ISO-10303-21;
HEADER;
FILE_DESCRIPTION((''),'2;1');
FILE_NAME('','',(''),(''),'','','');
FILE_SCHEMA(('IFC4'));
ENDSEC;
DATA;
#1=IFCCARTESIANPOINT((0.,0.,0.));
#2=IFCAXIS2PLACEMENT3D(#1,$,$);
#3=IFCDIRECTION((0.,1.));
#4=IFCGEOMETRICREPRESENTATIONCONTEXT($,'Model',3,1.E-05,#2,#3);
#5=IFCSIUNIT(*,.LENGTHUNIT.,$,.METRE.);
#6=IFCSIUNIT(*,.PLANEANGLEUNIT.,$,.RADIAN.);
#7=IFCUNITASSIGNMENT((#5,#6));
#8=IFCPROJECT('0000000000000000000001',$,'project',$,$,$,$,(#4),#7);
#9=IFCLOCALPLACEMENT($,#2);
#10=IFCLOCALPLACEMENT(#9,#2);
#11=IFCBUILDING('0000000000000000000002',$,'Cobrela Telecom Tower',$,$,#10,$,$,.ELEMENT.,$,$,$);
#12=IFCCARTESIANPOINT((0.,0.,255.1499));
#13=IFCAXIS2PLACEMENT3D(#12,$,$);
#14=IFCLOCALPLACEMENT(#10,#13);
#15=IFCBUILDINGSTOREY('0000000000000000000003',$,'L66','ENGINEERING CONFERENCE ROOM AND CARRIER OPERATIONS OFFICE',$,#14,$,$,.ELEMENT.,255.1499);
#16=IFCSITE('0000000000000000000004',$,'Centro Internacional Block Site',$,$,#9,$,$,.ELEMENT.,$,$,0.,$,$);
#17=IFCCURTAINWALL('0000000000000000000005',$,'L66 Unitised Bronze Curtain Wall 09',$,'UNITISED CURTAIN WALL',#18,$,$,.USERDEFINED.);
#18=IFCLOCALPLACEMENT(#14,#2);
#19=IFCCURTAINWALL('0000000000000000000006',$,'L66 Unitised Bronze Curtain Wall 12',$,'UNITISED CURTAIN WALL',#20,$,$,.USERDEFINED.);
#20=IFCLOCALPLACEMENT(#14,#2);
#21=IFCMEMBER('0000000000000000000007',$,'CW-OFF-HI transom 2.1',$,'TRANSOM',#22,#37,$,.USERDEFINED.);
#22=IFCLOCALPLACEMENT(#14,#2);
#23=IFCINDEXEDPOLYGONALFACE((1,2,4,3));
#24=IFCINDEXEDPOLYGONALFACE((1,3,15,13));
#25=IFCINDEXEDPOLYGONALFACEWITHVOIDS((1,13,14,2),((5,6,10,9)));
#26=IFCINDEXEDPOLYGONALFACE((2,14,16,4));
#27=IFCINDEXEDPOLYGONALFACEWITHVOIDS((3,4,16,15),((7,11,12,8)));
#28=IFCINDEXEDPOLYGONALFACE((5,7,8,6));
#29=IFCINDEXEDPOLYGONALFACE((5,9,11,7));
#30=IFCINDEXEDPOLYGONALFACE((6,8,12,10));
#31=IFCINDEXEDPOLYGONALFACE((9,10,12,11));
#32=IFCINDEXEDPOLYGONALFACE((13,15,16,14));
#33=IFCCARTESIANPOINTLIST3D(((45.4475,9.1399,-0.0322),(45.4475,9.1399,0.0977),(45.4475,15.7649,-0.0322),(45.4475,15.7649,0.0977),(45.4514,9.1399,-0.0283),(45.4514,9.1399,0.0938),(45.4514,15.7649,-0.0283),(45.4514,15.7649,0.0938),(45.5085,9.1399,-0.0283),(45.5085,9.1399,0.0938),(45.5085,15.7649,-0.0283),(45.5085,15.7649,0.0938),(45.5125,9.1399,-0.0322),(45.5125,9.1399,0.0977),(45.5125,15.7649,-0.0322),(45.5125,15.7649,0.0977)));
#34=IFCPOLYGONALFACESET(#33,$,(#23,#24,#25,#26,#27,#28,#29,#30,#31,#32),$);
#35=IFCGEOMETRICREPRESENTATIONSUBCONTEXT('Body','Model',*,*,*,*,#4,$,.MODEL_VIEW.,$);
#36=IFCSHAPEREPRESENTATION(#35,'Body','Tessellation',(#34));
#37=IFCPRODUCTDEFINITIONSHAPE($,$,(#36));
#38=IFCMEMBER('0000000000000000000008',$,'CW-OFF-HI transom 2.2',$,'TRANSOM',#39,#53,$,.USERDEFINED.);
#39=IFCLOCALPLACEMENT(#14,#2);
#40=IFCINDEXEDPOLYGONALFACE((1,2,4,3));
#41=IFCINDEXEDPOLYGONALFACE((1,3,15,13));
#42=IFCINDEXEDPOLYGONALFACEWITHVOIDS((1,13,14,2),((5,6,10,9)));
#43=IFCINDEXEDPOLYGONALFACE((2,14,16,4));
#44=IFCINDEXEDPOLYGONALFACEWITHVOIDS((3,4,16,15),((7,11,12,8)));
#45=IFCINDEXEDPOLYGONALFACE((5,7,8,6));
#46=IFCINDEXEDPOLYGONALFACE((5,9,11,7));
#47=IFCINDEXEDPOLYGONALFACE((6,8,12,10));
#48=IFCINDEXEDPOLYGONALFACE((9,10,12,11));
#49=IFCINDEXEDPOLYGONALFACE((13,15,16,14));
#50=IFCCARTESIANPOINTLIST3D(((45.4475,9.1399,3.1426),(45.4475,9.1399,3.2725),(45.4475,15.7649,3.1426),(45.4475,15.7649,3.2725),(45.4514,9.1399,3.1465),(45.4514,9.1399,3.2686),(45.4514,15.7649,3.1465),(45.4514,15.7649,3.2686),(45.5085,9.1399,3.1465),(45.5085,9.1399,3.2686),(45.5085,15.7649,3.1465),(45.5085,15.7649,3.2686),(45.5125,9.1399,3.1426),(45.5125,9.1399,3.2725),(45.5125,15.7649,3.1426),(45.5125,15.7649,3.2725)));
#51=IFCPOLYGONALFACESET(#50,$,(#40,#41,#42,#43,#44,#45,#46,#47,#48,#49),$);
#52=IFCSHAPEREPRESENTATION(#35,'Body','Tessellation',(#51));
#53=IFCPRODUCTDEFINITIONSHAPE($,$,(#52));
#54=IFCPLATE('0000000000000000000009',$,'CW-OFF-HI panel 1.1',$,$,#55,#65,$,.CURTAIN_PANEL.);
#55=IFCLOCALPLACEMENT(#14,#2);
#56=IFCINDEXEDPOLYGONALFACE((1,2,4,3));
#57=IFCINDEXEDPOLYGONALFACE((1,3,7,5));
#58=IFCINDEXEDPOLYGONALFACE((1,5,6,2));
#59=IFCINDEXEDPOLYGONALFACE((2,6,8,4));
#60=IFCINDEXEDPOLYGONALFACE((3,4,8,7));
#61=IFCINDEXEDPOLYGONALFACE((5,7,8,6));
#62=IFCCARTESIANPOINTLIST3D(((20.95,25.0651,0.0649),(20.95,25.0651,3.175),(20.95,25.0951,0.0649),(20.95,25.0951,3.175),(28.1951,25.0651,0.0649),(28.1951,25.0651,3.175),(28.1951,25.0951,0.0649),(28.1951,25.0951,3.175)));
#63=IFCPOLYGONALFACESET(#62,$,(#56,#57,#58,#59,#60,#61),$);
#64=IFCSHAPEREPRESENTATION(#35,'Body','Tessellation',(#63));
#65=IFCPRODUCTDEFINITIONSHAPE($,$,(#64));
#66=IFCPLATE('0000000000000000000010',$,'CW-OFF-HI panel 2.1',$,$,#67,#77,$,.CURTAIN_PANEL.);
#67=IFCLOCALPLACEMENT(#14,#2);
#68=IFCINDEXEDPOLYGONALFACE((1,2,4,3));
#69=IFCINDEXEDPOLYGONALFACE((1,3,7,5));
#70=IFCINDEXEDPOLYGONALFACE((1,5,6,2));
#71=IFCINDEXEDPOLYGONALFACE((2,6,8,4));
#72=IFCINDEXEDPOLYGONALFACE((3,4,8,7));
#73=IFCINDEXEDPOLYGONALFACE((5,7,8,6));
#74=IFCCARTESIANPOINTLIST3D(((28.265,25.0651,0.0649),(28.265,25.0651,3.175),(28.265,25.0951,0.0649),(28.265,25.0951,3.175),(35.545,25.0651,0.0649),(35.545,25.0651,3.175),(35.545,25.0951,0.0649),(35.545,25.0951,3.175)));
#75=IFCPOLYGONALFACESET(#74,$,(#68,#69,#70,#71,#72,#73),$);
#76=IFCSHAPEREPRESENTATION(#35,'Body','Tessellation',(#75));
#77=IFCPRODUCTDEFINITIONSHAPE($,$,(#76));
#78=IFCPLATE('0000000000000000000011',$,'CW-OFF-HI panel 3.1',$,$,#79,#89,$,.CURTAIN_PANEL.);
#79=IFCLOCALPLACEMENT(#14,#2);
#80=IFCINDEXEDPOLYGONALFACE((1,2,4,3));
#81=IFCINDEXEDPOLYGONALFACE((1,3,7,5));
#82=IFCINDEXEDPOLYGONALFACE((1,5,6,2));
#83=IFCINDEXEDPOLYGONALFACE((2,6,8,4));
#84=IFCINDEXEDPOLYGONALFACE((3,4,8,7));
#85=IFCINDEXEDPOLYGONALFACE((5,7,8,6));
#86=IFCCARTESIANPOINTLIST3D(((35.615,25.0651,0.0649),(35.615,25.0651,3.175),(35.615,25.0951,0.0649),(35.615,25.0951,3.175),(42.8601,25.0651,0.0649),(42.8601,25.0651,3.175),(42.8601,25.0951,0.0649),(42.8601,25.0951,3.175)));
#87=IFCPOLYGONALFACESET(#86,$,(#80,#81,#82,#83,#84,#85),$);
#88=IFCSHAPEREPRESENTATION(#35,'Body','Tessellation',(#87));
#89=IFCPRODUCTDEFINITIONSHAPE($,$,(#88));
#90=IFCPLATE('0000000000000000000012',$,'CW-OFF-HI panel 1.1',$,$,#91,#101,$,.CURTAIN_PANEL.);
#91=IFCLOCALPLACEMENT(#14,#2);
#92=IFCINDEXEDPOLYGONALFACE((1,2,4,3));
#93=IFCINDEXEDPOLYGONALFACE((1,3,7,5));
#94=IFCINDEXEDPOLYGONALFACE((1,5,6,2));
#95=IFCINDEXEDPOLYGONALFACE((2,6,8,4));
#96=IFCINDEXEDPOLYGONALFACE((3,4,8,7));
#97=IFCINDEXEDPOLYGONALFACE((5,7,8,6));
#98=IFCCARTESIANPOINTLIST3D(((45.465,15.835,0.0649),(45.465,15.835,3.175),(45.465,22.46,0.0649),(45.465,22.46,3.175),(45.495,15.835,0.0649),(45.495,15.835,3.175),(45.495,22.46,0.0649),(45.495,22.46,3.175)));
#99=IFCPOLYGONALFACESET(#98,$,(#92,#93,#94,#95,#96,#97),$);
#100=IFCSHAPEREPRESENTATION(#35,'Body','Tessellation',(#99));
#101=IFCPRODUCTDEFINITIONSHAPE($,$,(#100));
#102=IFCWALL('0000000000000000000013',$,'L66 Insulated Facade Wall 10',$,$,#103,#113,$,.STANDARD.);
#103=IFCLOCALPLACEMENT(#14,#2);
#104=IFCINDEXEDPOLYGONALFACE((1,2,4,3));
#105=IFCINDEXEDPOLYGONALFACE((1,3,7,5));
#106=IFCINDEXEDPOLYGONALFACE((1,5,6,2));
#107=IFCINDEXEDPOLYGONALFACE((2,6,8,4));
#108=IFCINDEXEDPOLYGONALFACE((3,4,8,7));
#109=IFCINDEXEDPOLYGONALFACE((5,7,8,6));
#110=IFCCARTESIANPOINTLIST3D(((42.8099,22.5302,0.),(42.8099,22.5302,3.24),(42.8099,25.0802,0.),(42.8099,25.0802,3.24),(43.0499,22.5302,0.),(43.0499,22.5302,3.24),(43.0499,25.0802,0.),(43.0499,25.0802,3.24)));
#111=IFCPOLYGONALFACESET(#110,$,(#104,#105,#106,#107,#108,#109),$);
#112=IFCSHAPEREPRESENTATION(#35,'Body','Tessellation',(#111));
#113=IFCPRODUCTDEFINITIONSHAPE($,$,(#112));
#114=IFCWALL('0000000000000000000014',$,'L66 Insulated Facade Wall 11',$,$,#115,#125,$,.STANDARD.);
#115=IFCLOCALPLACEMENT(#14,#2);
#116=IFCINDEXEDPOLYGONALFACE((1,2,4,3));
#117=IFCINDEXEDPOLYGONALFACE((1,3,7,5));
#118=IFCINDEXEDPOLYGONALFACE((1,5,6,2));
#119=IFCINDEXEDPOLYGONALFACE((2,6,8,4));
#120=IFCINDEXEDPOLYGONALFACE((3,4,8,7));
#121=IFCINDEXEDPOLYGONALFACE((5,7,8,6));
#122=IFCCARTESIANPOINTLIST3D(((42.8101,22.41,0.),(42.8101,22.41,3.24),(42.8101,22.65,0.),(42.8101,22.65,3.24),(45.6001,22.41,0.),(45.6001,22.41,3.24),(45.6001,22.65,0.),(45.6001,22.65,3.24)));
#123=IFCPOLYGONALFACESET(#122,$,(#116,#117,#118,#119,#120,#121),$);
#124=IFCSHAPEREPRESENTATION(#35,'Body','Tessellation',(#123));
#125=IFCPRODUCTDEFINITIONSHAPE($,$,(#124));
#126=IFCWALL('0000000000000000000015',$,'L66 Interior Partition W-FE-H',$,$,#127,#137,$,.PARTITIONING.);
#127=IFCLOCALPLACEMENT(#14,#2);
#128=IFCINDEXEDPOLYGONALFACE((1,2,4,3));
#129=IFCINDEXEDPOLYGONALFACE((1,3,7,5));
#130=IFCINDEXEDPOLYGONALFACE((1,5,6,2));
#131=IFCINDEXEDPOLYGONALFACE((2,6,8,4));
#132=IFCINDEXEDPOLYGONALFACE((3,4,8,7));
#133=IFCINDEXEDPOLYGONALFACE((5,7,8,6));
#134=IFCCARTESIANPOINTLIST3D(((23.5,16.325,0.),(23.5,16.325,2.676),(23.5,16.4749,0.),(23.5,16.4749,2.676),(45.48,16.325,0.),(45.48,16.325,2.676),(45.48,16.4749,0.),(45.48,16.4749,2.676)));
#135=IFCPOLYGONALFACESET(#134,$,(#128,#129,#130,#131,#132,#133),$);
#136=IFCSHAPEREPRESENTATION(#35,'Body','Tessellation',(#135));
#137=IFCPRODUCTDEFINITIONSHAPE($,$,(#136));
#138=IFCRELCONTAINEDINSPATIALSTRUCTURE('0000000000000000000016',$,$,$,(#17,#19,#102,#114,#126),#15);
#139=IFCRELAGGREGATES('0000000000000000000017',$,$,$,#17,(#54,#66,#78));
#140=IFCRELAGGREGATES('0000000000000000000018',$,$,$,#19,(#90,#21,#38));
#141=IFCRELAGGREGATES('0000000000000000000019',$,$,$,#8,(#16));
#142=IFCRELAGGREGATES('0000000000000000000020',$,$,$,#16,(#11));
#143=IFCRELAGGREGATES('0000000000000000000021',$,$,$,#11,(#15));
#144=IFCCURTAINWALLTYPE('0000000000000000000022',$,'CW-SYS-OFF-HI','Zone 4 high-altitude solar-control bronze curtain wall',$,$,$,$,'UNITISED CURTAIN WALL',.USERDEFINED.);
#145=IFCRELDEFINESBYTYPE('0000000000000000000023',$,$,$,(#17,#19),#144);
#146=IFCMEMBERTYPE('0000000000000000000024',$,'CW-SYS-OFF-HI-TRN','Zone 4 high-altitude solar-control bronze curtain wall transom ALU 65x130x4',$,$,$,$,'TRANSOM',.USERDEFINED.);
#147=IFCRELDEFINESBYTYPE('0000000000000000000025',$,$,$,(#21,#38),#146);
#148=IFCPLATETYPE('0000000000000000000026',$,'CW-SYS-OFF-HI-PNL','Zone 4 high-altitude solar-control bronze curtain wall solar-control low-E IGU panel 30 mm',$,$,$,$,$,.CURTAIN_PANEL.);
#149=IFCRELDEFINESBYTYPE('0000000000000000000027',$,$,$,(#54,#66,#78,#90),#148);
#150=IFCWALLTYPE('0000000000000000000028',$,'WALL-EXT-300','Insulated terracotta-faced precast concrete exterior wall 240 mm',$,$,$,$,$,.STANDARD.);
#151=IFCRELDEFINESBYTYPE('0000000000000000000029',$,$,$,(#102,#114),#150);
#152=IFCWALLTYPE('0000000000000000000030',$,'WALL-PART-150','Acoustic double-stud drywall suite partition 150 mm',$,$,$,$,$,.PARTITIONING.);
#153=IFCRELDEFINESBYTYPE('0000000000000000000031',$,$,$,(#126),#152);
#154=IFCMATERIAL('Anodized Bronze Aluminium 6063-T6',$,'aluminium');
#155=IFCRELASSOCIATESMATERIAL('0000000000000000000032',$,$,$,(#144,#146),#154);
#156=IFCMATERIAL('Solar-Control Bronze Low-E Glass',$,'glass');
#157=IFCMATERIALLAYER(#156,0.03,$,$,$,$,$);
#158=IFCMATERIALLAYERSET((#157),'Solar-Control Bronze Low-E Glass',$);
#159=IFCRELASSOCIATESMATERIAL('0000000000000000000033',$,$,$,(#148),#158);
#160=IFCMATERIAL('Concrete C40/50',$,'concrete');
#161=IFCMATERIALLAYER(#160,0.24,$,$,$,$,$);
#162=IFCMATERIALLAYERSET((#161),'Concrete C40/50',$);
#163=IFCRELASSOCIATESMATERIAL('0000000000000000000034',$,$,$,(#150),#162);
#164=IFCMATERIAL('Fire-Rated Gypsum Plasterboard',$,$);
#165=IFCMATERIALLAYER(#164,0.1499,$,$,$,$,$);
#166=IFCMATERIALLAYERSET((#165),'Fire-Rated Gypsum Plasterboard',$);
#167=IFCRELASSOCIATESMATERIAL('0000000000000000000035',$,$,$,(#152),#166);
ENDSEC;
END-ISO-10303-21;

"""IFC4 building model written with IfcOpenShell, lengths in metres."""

from ifc_helpers import new_model, si_unit, direction, frame, frame_2d, origin, origin_2d, place, context, subcontext, project, spatial, rectangle, hollow_rectangle, extrude, material, layer, layer_set, material_profile, profile_set, type_object, element, aggregate, save


model = new_model("IFC4")

# Units and contexts
model_context = context("Model", 3, precision=1e-05, world=origin(), true_north=direction((0.0, 1.0)))
body_context = subcontext(model_context, "Body", "Model", "MODEL_VIEW")
ifc_project = project(units=[si_unit("LENGTHUNIT", "METRE"), si_unit("PLANEANGLEUNIT", "RADIAN")], contexts=[model_context])

# Site, building, storey
site_placement = place(None, origin())
site = spatial("IfcSite", under=ifc_project, at=site_placement, Name="Centro Internacional Block Site", CompositionType="ELEMENT", RefElevation=0.0)
building_placement = place(site_placement, origin())
building = spatial("IfcBuilding", under=site, at=building_placement, Name="Cobrela Telecom Tower", CompositionType="ELEMENT")
storey_placement = place(building_placement, frame((0.0, 0.0, 255.1499)))
storey = spatial("IfcBuildingStorey", under=building, at=storey_placement, Name="L66", Description="ENGINEERING CONFERENCE ROOM AND CARRIER OPERATIONS OFFICE", CompositionType="ELEMENT", Elevation=255.1499)

# Curtain walls
ifc_material_1 = material(Name="Anodized Bronze Aluminium 6063-T6", Category="aluminium")
curtain_wall_type = type_object("IfcCurtainWallType", Name="CW-SYS-OFF-HI", Description="Zone 4 high-altitude solar-control bronze curtain wall", ElementType="UNITISED CURTAIN WALL", PredefinedType="USERDEFINED", material=ifc_material_1)
curtain_wall_1_placement = place(storey_placement, origin())
curtain_wall_1 = element("IfcCurtainWall", 1, at=curtain_wall_1_placement, inside=storey, type_object=curtain_wall_type, Name="L66 Unitised Bronze Curtain Wall 09", ObjectType="UNITISED CURTAIN WALL", PredefinedType="USERDEFINED")
curtain_wall_2_placement = place(storey_placement, origin())
curtain_wall_2 = element("IfcCurtainWall", 2, at=curtain_wall_2_placement, inside=storey, type_object=curtain_wall_type, Name="L66 Unitised Bronze Curtain Wall 12", ObjectType="UNITISED CURTAIN WALL", PredefinedType="USERDEFINED")

# Members
ifc_material_profile_1 = material_profile(ifc_material_1, hollow_rectangle(XDim=0.0649, YDim=0.1299, WallThickness=0.0039, at=origin_2d()), Name="ALU 65x130x4")
ifc_profile_set_1 = profile_set([ifc_material_profile_1], Name="Anodized Bronze Aluminium 6063-T6")
member_type_1 = type_object("IfcMemberType", Name="CW-SYS-OFF-HI-TRN", Description="Zone 4 high-altitude solar-control bronze curtain wall transom ALU 65x130x4", ElementType="TRANSOM", PredefinedType="USERDEFINED", material=ifc_profile_set_1)
member_1_placement = place(storey_placement, frame((45.48, 15.7649, 0.0327), z_axis=(0.0, -1.0, 0.0), x_axis=(1.0, 0.0, 0.0)))
member_1 = element("IfcMember", 3, at=member_1_placement, type_object=member_type_1, Name="CW-OFF-HI transom 2.1", ObjectType="TRANSOM", PredefinedType="USERDEFINED", context=body_context, shape_type="SweptSolid", body=[
    extrude(hollow_rectangle(XDim=0.0649, YDim=0.1299, WallThickness=0.0039, at=origin_2d()), origin(), (0.0, 0.0, 1.0), 6.625),
])
member_2_placement = place(storey_placement, frame((45.48, 15.7649, 3.2075), z_axis=(0.0, -1.0, 0.0), x_axis=(1.0, 0.0, 0.0)))
member_2 = element("IfcMember", 4, at=member_2_placement, type_object=member_type_1, Name="CW-OFF-HI transom 2.2", ObjectType="TRANSOM", PredefinedType="USERDEFINED", context=body_context, shape_type="SweptSolid", body=[
    extrude(hollow_rectangle(XDim=0.0649, YDim=0.1299, WallThickness=0.0039, at=origin_2d()), origin(), (0.0, 0.0, 1.0), 6.625),
])

# Plates
ifc_material_2 = material(Name="Solar-Control Bronze Low-E Glass", Category="glass")
ifc_layer_1 = layer(ifc_material_2, 0.03)
ifc_layer_set_1 = layer_set([ifc_layer_1], Name="Solar-Control Bronze Low-E Glass")
plate_type = type_object("IfcPlateType", Name="CW-SYS-OFF-HI-PNL", Description="Zone 4 high-altitude solar-control bronze curtain wall solar-control low-E IGU panel 30 mm", PredefinedType="CURTAIN_PANEL", material=ifc_layer_set_1)
plate_1_placement = place(storey_placement, frame((24.5725, 25.0801, 0.0649), z_axis=(0.0, 0.0, 1.0), x_axis=(1.0, 0.0, 0.0)))
plate_1 = element("IfcPlate", 5, at=plate_1_placement, type_object=plate_type, Name="CW-OFF-HI panel 1.1", PredefinedType="CURTAIN_PANEL", context=body_context, shape_type="SweptSolid", body=[
    extrude(rectangle(XDim=7.2451, YDim=0.03, at=origin_2d()), origin(), (0.0, 0.0, 1.0), 3.1101),
])
plate_2_placement = place(storey_placement, frame((31.905, 25.0801, 0.0649), z_axis=(0.0, 0.0, 1.0), x_axis=(1.0, 0.0, 0.0)))
plate_2 = element("IfcPlate", 6, at=plate_2_placement, type_object=plate_type, Name="CW-OFF-HI panel 2.1", PredefinedType="CURTAIN_PANEL", context=body_context, shape_type="SweptSolid", body=[
    extrude(rectangle(XDim=7.28, YDim=0.03, at=origin_2d()), origin(), (0.0, 0.0, 1.0), 3.1101),
])
plate_3_placement = place(storey_placement, frame((39.2375, 25.0801, 0.0649), z_axis=(0.0, 0.0, 1.0), x_axis=(1.0, 0.0, 0.0)))
plate_3 = element("IfcPlate", 7, at=plate_3_placement, type_object=plate_type, Name="CW-OFF-HI panel 3.1", PredefinedType="CURTAIN_PANEL", context=body_context, shape_type="SweptSolid", body=[
    extrude(rectangle(XDim=7.2451, YDim=0.03, at=origin_2d()), origin(), (0.0, 0.0, 1.0), 3.1101),
])
aggregate(curtain_wall_1, [plate_1, plate_2, plate_3])
plate_4_placement = place(storey_placement, frame((45.48, 19.1475, 0.0649), z_axis=(0.0, 0.0, 1.0), x_axis=(0.0, -1.0, 0.0)))
plate_4 = element("IfcPlate", 8, at=plate_4_placement, type_object=plate_type, Name="CW-OFF-HI panel 1.1", PredefinedType="CURTAIN_PANEL", context=body_context, shape_type="SweptSolid", body=[
    extrude(rectangle(XDim=6.625, YDim=0.03, at=origin_2d()), origin(), (0.0, 0.0, 1.0), 3.1101),
])
aggregate(curtain_wall_2, [plate_4, member_1, member_2])

# Walls
ifc_material_3 = material(Name="Concrete C40/50", Category="concrete")
ifc_layer_2 = layer(ifc_material_3, 0.24)
ifc_layer_set_2 = layer_set([ifc_layer_2], Name="Concrete C40/50")
wall_type_1 = type_object("IfcWallType", Name="WALL-EXT-300", Description="Insulated terracotta-faced precast concrete exterior wall 240 mm", PredefinedType="STANDARD", material=ifc_layer_set_2)
wall_1_placement = place(storey_placement, frame((42.9299, 25.0801, 0.0), z_axis=(0.0, 0.0, 1.0), x_axis=(0.0, -1.0, 0.0)))
element("IfcWall", 9, at=wall_1_placement, inside=storey, type_object=wall_type_1, Name="L66 Insulated Facade Wall 10", PredefinedType="STANDARD", context=body_context, shape_type="SweptSolid", body=[
    extrude(rectangle(XDim=2.55, YDim=0.24, at=frame_2d((1.2749, 0.0))), origin(), (0.0, 0.0, 1.0), 3.24),
])
wall_2_placement = place(storey_placement, frame((42.8101, 22.53, 0.0), z_axis=(0.0, 0.0, 1.0), x_axis=(1.0, 0.0, 0.0)))
element("IfcWall", 10, at=wall_2_placement, inside=storey, type_object=wall_type_1, Name="L66 Insulated Facade Wall 11", PredefinedType="STANDARD", context=body_context, shape_type="SweptSolid", body=[
    extrude(rectangle(XDim=2.79, YDim=0.24, at=frame_2d((1.395, 0.0))), origin(), (0.0, 0.0, 1.0), 3.24),
])
ifc_material_4 = material(Name="Fire-Rated Gypsum Plasterboard")
ifc_layer_3 = layer(ifc_material_4, 0.1499)
ifc_layer_set_3 = layer_set([ifc_layer_3], Name="Fire-Rated Gypsum Plasterboard")
wall_type_2 = type_object("IfcWallType", Name="WALL-PART-150", Description="Acoustic double-stud drywall suite partition 150 mm", PredefinedType="PARTITIONING", material=ifc_layer_set_3)
wall_3_placement = place(storey_placement, frame((23.5, 16.3999, 0.0), z_axis=(0.0, 0.0, 1.0), x_axis=(1.0, 0.0, 0.0)))
element("IfcWall", 11, at=wall_3_placement, inside=storey, type_object=wall_type_2, Name="L66 Interior Partition W-FE-H", PredefinedType="PARTITIONING", context=body_context, shape_type="SweptSolid", body=[
    extrude(rectangle(XDim=21.98, YDim=0.1499, at=frame_2d((10.99, 0.0))), origin(), (0.0, 0.0, 1.0), 2.676),
])

save(model, "model.ifc")
